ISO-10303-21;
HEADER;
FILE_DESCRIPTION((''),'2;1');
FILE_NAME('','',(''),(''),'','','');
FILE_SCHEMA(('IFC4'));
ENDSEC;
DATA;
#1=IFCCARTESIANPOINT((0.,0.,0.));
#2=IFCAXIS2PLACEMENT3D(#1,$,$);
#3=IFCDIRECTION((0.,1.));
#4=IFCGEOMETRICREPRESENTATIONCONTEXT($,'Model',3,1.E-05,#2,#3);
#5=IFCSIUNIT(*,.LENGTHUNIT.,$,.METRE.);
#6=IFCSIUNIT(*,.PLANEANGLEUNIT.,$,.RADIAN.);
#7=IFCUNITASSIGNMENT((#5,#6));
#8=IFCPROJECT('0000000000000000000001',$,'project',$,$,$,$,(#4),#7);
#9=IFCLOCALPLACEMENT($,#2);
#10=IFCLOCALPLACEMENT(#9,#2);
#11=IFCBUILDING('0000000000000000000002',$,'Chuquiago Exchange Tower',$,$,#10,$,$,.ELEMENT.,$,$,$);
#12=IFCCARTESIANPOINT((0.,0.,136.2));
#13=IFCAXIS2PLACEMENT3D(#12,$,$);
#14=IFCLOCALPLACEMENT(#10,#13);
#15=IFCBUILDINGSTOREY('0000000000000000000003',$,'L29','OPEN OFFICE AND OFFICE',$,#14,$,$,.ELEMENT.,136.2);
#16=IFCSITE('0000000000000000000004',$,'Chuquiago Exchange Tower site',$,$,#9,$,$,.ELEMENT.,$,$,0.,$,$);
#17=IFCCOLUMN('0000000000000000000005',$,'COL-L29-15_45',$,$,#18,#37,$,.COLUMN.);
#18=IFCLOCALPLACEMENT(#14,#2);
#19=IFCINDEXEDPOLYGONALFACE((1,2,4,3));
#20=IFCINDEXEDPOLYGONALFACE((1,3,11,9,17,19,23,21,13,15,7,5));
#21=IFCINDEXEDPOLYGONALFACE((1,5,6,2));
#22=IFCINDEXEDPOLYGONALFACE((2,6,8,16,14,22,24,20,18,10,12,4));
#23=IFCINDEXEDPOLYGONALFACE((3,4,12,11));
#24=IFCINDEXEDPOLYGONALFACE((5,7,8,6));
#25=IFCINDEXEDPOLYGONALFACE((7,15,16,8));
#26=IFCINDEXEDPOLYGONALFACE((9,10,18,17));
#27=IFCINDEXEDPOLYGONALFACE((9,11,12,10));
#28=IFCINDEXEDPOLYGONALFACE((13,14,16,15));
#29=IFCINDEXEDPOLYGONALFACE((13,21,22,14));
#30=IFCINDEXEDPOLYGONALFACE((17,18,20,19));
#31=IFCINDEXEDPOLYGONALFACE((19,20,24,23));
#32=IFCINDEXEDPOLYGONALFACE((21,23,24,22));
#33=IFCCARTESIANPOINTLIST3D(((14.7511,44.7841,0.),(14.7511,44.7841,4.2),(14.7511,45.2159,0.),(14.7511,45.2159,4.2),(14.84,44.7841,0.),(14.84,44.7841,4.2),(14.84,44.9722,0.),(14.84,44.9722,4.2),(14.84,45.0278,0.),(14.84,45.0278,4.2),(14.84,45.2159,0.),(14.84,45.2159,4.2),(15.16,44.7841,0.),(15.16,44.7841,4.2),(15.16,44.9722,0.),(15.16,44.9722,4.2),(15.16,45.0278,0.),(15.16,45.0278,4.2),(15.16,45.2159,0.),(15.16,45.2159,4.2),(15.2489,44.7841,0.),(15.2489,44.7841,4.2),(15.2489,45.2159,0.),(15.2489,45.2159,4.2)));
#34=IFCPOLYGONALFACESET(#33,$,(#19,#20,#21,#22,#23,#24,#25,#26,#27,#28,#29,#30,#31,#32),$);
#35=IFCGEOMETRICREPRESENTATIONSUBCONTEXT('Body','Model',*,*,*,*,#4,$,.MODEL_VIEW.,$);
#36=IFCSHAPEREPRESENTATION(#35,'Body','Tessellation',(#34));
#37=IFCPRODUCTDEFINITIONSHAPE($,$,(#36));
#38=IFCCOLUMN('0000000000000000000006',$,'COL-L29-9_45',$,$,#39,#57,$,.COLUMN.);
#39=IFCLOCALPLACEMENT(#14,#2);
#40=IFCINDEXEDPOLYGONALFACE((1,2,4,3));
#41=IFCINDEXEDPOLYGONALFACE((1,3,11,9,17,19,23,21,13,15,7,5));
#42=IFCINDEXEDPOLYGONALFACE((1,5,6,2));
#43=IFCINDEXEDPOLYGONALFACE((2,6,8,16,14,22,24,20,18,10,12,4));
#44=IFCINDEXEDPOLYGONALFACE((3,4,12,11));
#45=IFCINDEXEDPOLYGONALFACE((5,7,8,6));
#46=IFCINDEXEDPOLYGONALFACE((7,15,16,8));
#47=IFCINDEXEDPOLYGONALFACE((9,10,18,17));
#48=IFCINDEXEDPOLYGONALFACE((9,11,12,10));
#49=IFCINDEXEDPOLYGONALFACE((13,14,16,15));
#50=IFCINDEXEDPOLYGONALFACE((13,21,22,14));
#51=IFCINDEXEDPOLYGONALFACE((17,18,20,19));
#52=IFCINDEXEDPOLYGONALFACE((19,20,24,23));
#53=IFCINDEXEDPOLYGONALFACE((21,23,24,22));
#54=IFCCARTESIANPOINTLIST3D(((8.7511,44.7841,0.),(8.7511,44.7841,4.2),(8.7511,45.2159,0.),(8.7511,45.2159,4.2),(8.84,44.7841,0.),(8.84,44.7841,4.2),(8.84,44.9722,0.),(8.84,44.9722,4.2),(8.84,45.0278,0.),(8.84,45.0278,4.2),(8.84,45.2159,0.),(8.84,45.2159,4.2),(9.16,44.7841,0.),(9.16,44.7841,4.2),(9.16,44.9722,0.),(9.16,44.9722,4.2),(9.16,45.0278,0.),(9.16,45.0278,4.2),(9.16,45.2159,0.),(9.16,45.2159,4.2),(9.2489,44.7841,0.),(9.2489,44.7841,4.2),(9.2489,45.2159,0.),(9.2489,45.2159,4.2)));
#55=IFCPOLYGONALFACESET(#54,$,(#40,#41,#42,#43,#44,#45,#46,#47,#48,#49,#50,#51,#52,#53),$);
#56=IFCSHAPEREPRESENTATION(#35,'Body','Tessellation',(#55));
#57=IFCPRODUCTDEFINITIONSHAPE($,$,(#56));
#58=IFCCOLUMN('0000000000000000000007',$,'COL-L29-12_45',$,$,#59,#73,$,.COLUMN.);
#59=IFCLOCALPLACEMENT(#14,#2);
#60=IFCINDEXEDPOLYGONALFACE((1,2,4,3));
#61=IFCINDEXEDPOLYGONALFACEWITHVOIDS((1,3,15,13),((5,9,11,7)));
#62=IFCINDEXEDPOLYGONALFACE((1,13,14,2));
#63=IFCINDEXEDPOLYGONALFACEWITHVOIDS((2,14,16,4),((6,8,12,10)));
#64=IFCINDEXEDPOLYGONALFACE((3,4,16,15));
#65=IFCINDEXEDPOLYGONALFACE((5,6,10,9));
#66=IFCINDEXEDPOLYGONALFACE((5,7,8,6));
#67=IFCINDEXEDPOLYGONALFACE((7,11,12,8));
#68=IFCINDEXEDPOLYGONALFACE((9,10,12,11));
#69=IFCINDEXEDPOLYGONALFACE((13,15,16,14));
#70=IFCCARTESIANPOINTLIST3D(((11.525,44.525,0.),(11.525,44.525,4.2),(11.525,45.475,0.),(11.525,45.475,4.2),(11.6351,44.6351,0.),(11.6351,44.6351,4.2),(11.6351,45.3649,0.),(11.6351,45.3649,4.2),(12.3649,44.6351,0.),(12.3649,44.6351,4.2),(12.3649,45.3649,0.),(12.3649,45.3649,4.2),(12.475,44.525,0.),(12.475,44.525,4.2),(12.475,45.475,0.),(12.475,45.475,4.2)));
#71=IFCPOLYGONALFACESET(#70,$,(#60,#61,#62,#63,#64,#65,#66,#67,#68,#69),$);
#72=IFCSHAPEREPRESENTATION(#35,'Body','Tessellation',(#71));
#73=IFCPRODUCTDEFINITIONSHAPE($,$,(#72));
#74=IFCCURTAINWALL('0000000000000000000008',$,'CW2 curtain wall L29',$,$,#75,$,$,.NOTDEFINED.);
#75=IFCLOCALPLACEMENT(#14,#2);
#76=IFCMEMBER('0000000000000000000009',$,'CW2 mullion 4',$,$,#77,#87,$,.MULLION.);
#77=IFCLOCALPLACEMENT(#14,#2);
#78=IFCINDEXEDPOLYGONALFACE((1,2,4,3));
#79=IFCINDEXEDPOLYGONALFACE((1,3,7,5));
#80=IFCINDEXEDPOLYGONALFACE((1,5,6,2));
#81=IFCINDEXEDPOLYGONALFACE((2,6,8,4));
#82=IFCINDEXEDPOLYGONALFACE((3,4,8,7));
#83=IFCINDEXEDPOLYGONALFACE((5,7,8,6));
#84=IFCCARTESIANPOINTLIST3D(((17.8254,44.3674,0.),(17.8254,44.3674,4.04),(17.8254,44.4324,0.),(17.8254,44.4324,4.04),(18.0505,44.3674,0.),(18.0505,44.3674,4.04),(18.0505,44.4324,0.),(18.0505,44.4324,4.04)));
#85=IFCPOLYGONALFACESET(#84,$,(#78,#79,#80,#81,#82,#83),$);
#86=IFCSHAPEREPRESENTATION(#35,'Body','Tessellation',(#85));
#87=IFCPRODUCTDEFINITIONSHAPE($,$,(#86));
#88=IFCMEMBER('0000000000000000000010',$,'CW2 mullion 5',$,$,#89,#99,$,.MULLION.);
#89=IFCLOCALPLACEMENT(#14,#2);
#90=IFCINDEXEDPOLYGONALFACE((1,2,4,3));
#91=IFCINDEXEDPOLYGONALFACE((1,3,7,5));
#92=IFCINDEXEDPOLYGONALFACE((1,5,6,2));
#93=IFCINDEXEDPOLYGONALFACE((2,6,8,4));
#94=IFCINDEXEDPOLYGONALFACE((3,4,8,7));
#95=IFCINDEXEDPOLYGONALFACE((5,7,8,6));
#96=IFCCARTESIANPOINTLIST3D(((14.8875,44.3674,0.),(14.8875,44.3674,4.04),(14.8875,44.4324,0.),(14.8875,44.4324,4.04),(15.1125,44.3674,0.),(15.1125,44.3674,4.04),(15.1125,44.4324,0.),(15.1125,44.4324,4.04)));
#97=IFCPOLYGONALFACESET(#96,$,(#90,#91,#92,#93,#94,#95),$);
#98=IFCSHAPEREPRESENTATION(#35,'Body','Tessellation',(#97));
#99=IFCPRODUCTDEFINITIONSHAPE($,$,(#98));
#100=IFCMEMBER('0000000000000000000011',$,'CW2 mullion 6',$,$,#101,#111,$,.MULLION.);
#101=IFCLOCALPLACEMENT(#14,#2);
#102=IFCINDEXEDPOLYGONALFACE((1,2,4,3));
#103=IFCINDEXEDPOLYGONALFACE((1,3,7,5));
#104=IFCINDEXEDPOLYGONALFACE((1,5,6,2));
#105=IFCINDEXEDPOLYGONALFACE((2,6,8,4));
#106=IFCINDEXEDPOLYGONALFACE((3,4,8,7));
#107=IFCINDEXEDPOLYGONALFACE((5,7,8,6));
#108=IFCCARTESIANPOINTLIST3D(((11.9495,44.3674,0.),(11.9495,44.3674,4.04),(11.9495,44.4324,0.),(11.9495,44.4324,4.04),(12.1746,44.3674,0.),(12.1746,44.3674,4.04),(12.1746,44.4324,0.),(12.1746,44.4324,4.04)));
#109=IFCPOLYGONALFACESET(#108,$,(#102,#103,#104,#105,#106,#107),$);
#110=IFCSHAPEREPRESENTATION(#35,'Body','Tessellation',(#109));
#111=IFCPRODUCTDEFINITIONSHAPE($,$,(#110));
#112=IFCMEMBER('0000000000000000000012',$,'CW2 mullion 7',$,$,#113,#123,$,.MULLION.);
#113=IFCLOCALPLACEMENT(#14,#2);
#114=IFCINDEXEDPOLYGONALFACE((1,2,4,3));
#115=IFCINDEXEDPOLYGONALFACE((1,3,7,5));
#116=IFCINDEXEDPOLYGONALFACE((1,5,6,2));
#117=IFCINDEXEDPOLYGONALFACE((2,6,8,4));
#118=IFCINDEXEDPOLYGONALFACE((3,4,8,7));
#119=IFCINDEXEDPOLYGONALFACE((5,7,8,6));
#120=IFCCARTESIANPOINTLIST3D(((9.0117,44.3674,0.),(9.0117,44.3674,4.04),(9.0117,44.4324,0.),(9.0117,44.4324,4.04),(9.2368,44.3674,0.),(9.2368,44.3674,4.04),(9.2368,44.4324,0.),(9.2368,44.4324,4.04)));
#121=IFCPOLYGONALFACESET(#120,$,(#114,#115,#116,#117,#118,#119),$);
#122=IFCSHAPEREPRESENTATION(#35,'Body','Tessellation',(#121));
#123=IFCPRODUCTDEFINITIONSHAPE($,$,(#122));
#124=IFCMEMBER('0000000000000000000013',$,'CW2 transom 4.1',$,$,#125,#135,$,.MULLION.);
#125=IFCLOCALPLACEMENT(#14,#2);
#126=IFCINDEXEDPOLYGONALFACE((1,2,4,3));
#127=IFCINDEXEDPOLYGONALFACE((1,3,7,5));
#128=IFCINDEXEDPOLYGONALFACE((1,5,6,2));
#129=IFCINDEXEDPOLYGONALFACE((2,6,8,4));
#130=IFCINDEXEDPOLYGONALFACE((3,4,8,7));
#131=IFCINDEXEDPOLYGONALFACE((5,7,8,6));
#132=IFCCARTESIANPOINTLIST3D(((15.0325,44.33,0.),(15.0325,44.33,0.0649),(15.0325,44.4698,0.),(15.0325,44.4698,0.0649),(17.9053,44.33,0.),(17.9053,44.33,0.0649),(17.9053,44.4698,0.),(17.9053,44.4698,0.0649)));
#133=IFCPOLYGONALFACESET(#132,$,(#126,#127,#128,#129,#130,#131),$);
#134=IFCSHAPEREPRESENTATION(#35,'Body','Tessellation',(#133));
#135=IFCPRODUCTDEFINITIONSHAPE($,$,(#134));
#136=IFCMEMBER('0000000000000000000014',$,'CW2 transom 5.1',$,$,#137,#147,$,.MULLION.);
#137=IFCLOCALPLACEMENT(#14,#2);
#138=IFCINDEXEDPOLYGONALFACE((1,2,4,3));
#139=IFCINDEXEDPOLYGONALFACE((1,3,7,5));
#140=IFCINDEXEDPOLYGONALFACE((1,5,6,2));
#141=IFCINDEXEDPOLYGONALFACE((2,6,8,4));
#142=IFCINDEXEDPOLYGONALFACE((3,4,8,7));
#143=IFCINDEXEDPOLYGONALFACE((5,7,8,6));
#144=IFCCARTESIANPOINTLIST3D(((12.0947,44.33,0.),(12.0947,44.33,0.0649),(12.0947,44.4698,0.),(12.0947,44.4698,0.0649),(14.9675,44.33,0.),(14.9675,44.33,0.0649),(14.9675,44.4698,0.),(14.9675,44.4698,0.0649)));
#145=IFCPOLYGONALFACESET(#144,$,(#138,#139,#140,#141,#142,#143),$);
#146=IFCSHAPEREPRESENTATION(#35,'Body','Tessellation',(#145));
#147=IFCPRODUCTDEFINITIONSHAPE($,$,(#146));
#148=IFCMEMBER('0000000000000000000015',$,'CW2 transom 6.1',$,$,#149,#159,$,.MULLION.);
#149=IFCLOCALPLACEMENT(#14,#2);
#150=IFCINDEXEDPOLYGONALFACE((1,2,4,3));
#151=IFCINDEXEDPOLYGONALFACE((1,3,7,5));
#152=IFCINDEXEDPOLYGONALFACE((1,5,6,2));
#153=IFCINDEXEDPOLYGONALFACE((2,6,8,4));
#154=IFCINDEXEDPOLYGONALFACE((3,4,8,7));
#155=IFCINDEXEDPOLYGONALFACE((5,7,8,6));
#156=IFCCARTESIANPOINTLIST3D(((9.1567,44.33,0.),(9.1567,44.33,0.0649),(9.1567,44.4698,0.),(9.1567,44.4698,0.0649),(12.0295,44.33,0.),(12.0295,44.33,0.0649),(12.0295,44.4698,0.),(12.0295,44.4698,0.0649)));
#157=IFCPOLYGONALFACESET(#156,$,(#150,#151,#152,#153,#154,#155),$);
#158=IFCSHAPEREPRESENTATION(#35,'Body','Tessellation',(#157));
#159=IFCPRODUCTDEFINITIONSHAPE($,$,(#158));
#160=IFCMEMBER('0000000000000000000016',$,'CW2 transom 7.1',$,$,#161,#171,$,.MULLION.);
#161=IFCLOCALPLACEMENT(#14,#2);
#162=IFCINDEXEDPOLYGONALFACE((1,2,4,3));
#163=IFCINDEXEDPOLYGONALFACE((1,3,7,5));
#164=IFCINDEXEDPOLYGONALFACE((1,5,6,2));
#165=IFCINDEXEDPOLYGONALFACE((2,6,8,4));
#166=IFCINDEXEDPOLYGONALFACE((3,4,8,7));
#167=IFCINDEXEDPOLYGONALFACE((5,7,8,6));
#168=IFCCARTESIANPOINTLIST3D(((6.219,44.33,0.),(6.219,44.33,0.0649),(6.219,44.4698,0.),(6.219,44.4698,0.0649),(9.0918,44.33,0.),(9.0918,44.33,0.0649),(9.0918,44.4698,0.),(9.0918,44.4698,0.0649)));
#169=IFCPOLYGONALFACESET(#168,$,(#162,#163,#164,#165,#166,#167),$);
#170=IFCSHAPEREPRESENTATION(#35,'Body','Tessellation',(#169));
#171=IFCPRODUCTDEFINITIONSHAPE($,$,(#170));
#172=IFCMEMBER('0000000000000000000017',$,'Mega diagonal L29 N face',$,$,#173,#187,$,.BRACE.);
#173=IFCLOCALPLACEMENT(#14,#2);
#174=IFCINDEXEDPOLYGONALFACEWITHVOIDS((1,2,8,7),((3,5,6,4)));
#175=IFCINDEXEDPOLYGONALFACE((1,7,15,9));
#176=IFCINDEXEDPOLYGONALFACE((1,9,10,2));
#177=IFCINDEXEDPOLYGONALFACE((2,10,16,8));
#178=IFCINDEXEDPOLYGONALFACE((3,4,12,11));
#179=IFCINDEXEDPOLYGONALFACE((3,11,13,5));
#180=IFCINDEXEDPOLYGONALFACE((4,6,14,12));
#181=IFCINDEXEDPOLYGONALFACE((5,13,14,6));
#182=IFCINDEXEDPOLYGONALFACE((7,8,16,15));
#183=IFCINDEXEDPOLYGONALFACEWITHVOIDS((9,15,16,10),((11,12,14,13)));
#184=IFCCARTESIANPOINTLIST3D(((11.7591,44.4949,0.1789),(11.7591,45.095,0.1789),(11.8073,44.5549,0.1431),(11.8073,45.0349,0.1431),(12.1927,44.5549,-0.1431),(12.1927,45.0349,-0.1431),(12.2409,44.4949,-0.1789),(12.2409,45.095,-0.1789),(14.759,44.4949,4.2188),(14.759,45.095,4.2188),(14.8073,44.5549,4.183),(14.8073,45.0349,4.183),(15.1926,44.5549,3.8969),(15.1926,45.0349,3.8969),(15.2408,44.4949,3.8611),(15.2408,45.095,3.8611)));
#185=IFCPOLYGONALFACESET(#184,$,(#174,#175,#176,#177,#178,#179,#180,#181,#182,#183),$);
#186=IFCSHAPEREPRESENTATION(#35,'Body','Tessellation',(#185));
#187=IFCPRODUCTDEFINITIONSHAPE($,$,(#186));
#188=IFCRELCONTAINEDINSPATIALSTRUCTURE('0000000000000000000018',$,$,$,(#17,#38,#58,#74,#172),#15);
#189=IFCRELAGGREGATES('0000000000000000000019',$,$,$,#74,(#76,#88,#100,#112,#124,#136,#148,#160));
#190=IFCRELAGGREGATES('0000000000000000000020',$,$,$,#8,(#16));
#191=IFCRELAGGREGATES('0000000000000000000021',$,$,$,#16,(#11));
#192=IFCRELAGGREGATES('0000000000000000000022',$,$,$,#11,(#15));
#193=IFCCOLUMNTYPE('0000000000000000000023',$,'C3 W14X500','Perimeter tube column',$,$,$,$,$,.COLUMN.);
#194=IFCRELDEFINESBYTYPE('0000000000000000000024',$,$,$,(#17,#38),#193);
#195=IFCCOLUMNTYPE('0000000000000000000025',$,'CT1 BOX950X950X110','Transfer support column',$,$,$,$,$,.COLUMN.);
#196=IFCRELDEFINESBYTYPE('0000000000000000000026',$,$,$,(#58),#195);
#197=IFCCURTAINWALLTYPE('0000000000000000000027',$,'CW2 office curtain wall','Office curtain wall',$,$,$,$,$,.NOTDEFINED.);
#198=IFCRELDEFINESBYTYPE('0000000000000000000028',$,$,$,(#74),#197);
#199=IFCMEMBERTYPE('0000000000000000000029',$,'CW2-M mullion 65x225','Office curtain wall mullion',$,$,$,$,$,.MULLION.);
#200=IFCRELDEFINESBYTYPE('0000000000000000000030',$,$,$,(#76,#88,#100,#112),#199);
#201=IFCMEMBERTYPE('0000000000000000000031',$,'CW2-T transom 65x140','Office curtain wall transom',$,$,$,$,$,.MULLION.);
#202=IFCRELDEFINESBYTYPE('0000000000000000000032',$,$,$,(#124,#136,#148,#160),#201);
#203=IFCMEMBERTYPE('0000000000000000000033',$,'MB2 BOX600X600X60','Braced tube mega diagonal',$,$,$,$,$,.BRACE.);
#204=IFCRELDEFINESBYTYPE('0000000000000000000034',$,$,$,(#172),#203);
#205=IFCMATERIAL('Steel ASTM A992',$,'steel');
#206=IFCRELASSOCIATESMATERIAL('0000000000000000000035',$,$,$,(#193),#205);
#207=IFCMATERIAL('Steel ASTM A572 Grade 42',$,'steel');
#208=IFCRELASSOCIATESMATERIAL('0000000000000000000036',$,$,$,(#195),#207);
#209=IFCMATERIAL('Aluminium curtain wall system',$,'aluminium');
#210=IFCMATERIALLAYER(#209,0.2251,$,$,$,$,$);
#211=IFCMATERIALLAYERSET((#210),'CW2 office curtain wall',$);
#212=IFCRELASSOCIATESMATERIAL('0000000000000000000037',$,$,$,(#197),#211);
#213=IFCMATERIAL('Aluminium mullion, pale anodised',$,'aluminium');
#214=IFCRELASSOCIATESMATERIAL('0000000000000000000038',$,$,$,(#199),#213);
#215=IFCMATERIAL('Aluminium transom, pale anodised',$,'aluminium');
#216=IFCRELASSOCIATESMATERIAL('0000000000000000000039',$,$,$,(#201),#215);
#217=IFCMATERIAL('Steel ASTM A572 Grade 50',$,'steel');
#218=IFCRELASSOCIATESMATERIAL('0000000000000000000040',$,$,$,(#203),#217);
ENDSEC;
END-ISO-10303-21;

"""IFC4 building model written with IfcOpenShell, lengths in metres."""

from ifc_helpers import new_model, si_unit, direction, frame, origin, origin_2d, place, context, subcontext, project, spatial, rectangle, hollow_rectangle, i_section, extrude, material, layer, layer_set, material_profile, profile_set, type_object, element, aggregate, save


model = new_model("IFC4")

# Units and contexts
model_context = context("Model", 3, precision=1e-05, world=origin(), true_north=direction((0.0, 1.0)))
body_context = subcontext(model_context, "Body", "Model", "MODEL_VIEW")
ifc_project = project(units=[si_unit("LENGTHUNIT", "METRE"), si_unit("PLANEANGLEUNIT", "RADIAN")], contexts=[model_context])

# Site, building, storey
site_placement = place(None, origin())
site = spatial("IfcSite", under=ifc_project, at=site_placement, Name="Chuquiago Exchange Tower site", CompositionType="ELEMENT", RefElevation=0.0)
building_placement = place(site_placement, origin())
building = spatial("IfcBuilding", under=site, at=building_placement, Name="Chuquiago Exchange Tower", CompositionType="ELEMENT")
storey_placement = place(building_placement, frame((0.0, 0.0, 136.2)))
storey = spatial("IfcBuildingStorey", under=building, at=storey_placement, Name="L29", Description="OPEN OFFICE AND OFFICE", CompositionType="ELEMENT", Elevation=136.2)

# Columns
ifc_material_1 = material(Name="Steel ASTM A992", Category="steel")
ifc_material_profile_1 = material_profile(ifc_material_1, i_section(OverallWidth=0.4319, OverallDepth=0.4978, WebThickness=0.0557, FlangeThickness=0.0889, at=origin_2d()), Name="W14X500")
ifc_profile_set_1 = profile_set([ifc_material_profile_1], Name="Steel ASTM A992")
column_type_1 = type_object("IfcColumnType", Name="C3 W14X500", Description="Perimeter tube column", PredefinedType="COLUMN", material=ifc_profile_set_1)
for number, where, z_axis, x_axis, name in (
    (1, (15.0, 45.0, 0.0), (0.0, 0.0, 1.0), (0.0, 1.0, 0.0), "COL-L29-15_45"),
    (2, (9.0, 45.0, 0.0), (0.0, 0.0, 1.0), (0.0, 1.0, 0.0), "COL-L29-9_45"),
):
    element("IfcColumn", number, at=place(storey_placement, frame(where, z_axis=z_axis, x_axis=x_axis)), inside=storey, type_object=column_type_1, Name=name, PredefinedType="COLUMN", context=body_context, shape_type="SweptSolid", body=[
        extrude(i_section(OverallWidth=0.4319, OverallDepth=0.4978, WebThickness=0.0557, FlangeThickness=0.0889, at=origin_2d()), origin(), (0.0, 0.0, 1.0), 4.2),
    ])
ifc_material_2 = material(Name="Steel ASTM A572 Grade 42", Category="steel")
ifc_material_profile_2 = material_profile(ifc_material_2, hollow_rectangle(XDim=0.95, YDim=0.95, WallThickness=0.1101, at=origin_2d()), Name="BOX950X950X110")
ifc_profile_set_2 = profile_set([ifc_material_profile_2], Name="Steel ASTM A572 Grade 42")
column_type_2 = type_object("IfcColumnType", Name="CT1 BOX950X950X110", Description="Transfer support column", PredefinedType="COLUMN", material=ifc_profile_set_2)
column_placement = place(storey_placement, frame((12.0, 45.0, 0.0), z_axis=(0.0, 0.0, 1.0), x_axis=(0.0, 1.0, 0.0)))
element("IfcColumn", 3, at=column_placement, inside=storey, type_object=column_type_2, Name="COL-L29-12_45", PredefinedType="COLUMN", context=body_context, shape_type="SweptSolid", body=[
    extrude(hollow_rectangle(XDim=0.95, YDim=0.95, WallThickness=0.1101, at=origin_2d()), origin(), (0.0, 0.0, 1.0), 4.2),
])

# Curtain wall, members
ifc_material_3 = material(Name="Aluminium curtain wall system", Category="aluminium")
ifc_layer_1 = layer(ifc_material_3, 0.2251)
ifc_layer_set_1 = layer_set([ifc_layer_1], Name="CW2 office curtain wall")
curtain_wall_type = type_object("IfcCurtainWallType", Name="CW2 office curtain wall", Description="Office curtain wall", PredefinedType="NOTDEFINED", material=ifc_layer_set_1)
curtain_wall_placement = place(storey_placement, origin())
curtain_wall = element("IfcCurtainWall", 4, at=curtain_wall_placement, inside=storey, type_object=curtain_wall_type, Name="CW2 curtain wall L29", PredefinedType="NOTDEFINED")
ifc_material_4 = material(Name="Aluminium mullion, pale anodised", Category="aluminium")
ifc_material_profile_3 = material_profile(ifc_material_4, rectangle(XDim=0.0649, YDim=0.2251, at=origin_2d()), Name="AL 65x225")
ifc_profile_set_3 = profile_set([ifc_material_profile_3], Name="Aluminium mullion, pale anodised")
member_type_1 = type_object("IfcMemberType", Name="CW2-M mullion 65x225", Description="Office curtain wall mullion", PredefinedType="MULLION", material=ifc_profile_set_3)
member_1_placement = place(storey_placement, frame((17.938, 44.3999, 0.0), z_axis=(0.0, 0.0, 1.0), x_axis=(0.0, -1.0, 0.0)))
member_1 = element("IfcMember", 5, at=member_1_placement, type_object=member_type_1, Name="CW2 mullion 4", PredefinedType="MULLION", context=body_context, shape_type="SweptSolid", body=[
    extrude(rectangle(XDim=0.0649, YDim=0.2251, at=origin_2d()), origin(), (0.0, 0.0, 1.0), 4.04),
])
member_2_placement = place(storey_placement, frame((15.0, 44.3999, 0.0), z_axis=(0.0, 0.0, 1.0), x_axis=(0.0, -1.0, 0.0)))
member_2 = element("IfcMember", 6, at=member_2_placement, type_object=member_type_1, Name="CW2 mullion 5", PredefinedType="MULLION", context=body_context, shape_type="SweptSolid", body=[
    extrude(rectangle(XDim=0.0649, YDim=0.2251, at=origin_2d()), origin(), (0.0, 0.0, 1.0), 4.04),
])
member_3_placement = place(storey_placement, frame((12.062, 44.3999, 0.0), z_axis=(0.0, 0.0, 1.0), x_axis=(0.0, -1.0, 0.0)))
member_3 = element("IfcMember", 7, at=member_3_placement, type_object=member_type_1, Name="CW2 mullion 6", PredefinedType="MULLION", context=body_context, shape_type="SweptSolid", body=[
    extrude(rectangle(XDim=0.0649, YDim=0.2251, at=origin_2d()), origin(), (0.0, 0.0, 1.0), 4.04),
])
member_4_placement = place(storey_placement, frame((9.1243, 44.3999, 0.0), z_axis=(0.0, 0.0, 1.0), x_axis=(0.0, -1.0, 0.0)))
member_4 = element("IfcMember", 8, at=member_4_placement, type_object=member_type_1, Name="CW2 mullion 7", PredefinedType="MULLION", context=body_context, shape_type="SweptSolid", body=[
    extrude(rectangle(XDim=0.0649, YDim=0.2251, at=origin_2d()), origin(), (0.0, 0.0, 1.0), 4.04),
])
ifc_material_5 = material(Name="Aluminium transom, pale anodised", Category="aluminium")
ifc_material_profile_4 = material_profile(ifc_material_5, rectangle(XDim=0.1399, YDim=0.0649, at=origin_2d()), Name="AL 140x65")
ifc_profile_set_4 = profile_set([ifc_material_profile_4], Name="Aluminium transom, pale anodised")
member_type_2 = type_object("IfcMemberType", Name="CW2-T transom 65x140", Description="Office curtain wall transom", PredefinedType="MULLION", material=ifc_profile_set_4)
member_5_placement = place(storey_placement, frame((17.9053, 44.3999, 0.0325), z_axis=(-1.0, 0.0, 0.0), x_axis=(0.0, -1.0, 0.0)))
member_5 = element("IfcMember", 9, at=member_5_placement, type_object=member_type_2, Name="CW2 transom 4.1", PredefinedType="MULLION", context=body_context, shape_type="SweptSolid", body=[
    extrude(rectangle(XDim=0.1399, YDim=0.0649, at=origin_2d()), origin(), (0.0, 0.0, 1.0), 2.8728),
])
member_6_placement = place(storey_placement, frame((14.9675, 44.3999, 0.0325), z_axis=(-1.0, 0.0, 0.0), x_axis=(0.0, -1.0, 0.0)))
member_6 = element("IfcMember", 10, at=member_6_placement, type_object=member_type_2, Name="CW2 transom 5.1", PredefinedType="MULLION", context=body_context, shape_type="SweptSolid", body=[
    extrude(rectangle(XDim=0.1399, YDim=0.0649, at=origin_2d()), origin(), (0.0, 0.0, 1.0), 2.8728),
])
member_7_placement = place(storey_placement, frame((12.0295, 44.3999, 0.0325), z_axis=(-1.0, 0.0, 0.0), x_axis=(0.0, -1.0, 0.0)))
member_7 = element("IfcMember", 11, at=member_7_placement, type_object=member_type_2, Name="CW2 transom 6.1", PredefinedType="MULLION", context=body_context, shape_type="SweptSolid", body=[
    extrude(rectangle(XDim=0.1399, YDim=0.0649, at=origin_2d()), origin(), (0.0, 0.0, 1.0), 2.8728),
])
member_8_placement = place(storey_placement, frame((9.0918, 44.3999, 0.0325), z_axis=(-1.0, 0.0, 0.0), x_axis=(0.0, -1.0, 0.0)))
member_8 = element("IfcMember", 12, at=member_8_placement, type_object=member_type_2, Name="CW2 transom 7.1", PredefinedType="MULLION", context=body_context, shape_type="SweptSolid", body=[
    extrude(rectangle(XDim=0.1399, YDim=0.0649, at=origin_2d()), origin(), (0.0, 0.0, 1.0), 2.8728),
])

# Member
ifc_material_6 = material(Name="Steel ASTM A572 Grade 50", Category="steel")
ifc_material_profile_5 = material_profile(ifc_material_6, hollow_rectangle(XDim=0.6001, YDim=0.6001, WallThickness=0.0601, at=origin_2d()), Name="BOX600X600X60")
ifc_profile_set_5 = profile_set([ifc_material_profile_5], Name="Steel ASTM A572 Grade 50")
member_type_3 = type_object("IfcMemberType", Name="MB2 BOX600X600X60", Description="Braced tube mega diagonal", PredefinedType="BRACE", material=ifc_profile_set_5)
for number, where, z_axis, x_axis, name in (
    (13, (12.0, 44.7949, 0.0), (0.596174, 0.0, 0.802855), (0.0, 1.0, 0.0), "Mega diagonal L29 N face"),
):
    element("IfcMember", number, at=place(storey_placement, frame(where, z_axis=z_axis, x_axis=x_axis)), inside=storey, type_object=member_type_3, Name=name, PredefinedType="BRACE", context=body_context, shape_type="SweptSolid", body=[
        extrude(hollow_rectangle(XDim=0.6001, YDim=0.6001, WallThickness=0.0601, at=origin_2d()), origin(), (0.0, 0.0, 1.0), 5.032),
    ])

aggregate(curtain_wall, [member_1, member_2, member_3, member_4, member_5, member_6, member_7, member_8])

save(model, "model.ifc")
